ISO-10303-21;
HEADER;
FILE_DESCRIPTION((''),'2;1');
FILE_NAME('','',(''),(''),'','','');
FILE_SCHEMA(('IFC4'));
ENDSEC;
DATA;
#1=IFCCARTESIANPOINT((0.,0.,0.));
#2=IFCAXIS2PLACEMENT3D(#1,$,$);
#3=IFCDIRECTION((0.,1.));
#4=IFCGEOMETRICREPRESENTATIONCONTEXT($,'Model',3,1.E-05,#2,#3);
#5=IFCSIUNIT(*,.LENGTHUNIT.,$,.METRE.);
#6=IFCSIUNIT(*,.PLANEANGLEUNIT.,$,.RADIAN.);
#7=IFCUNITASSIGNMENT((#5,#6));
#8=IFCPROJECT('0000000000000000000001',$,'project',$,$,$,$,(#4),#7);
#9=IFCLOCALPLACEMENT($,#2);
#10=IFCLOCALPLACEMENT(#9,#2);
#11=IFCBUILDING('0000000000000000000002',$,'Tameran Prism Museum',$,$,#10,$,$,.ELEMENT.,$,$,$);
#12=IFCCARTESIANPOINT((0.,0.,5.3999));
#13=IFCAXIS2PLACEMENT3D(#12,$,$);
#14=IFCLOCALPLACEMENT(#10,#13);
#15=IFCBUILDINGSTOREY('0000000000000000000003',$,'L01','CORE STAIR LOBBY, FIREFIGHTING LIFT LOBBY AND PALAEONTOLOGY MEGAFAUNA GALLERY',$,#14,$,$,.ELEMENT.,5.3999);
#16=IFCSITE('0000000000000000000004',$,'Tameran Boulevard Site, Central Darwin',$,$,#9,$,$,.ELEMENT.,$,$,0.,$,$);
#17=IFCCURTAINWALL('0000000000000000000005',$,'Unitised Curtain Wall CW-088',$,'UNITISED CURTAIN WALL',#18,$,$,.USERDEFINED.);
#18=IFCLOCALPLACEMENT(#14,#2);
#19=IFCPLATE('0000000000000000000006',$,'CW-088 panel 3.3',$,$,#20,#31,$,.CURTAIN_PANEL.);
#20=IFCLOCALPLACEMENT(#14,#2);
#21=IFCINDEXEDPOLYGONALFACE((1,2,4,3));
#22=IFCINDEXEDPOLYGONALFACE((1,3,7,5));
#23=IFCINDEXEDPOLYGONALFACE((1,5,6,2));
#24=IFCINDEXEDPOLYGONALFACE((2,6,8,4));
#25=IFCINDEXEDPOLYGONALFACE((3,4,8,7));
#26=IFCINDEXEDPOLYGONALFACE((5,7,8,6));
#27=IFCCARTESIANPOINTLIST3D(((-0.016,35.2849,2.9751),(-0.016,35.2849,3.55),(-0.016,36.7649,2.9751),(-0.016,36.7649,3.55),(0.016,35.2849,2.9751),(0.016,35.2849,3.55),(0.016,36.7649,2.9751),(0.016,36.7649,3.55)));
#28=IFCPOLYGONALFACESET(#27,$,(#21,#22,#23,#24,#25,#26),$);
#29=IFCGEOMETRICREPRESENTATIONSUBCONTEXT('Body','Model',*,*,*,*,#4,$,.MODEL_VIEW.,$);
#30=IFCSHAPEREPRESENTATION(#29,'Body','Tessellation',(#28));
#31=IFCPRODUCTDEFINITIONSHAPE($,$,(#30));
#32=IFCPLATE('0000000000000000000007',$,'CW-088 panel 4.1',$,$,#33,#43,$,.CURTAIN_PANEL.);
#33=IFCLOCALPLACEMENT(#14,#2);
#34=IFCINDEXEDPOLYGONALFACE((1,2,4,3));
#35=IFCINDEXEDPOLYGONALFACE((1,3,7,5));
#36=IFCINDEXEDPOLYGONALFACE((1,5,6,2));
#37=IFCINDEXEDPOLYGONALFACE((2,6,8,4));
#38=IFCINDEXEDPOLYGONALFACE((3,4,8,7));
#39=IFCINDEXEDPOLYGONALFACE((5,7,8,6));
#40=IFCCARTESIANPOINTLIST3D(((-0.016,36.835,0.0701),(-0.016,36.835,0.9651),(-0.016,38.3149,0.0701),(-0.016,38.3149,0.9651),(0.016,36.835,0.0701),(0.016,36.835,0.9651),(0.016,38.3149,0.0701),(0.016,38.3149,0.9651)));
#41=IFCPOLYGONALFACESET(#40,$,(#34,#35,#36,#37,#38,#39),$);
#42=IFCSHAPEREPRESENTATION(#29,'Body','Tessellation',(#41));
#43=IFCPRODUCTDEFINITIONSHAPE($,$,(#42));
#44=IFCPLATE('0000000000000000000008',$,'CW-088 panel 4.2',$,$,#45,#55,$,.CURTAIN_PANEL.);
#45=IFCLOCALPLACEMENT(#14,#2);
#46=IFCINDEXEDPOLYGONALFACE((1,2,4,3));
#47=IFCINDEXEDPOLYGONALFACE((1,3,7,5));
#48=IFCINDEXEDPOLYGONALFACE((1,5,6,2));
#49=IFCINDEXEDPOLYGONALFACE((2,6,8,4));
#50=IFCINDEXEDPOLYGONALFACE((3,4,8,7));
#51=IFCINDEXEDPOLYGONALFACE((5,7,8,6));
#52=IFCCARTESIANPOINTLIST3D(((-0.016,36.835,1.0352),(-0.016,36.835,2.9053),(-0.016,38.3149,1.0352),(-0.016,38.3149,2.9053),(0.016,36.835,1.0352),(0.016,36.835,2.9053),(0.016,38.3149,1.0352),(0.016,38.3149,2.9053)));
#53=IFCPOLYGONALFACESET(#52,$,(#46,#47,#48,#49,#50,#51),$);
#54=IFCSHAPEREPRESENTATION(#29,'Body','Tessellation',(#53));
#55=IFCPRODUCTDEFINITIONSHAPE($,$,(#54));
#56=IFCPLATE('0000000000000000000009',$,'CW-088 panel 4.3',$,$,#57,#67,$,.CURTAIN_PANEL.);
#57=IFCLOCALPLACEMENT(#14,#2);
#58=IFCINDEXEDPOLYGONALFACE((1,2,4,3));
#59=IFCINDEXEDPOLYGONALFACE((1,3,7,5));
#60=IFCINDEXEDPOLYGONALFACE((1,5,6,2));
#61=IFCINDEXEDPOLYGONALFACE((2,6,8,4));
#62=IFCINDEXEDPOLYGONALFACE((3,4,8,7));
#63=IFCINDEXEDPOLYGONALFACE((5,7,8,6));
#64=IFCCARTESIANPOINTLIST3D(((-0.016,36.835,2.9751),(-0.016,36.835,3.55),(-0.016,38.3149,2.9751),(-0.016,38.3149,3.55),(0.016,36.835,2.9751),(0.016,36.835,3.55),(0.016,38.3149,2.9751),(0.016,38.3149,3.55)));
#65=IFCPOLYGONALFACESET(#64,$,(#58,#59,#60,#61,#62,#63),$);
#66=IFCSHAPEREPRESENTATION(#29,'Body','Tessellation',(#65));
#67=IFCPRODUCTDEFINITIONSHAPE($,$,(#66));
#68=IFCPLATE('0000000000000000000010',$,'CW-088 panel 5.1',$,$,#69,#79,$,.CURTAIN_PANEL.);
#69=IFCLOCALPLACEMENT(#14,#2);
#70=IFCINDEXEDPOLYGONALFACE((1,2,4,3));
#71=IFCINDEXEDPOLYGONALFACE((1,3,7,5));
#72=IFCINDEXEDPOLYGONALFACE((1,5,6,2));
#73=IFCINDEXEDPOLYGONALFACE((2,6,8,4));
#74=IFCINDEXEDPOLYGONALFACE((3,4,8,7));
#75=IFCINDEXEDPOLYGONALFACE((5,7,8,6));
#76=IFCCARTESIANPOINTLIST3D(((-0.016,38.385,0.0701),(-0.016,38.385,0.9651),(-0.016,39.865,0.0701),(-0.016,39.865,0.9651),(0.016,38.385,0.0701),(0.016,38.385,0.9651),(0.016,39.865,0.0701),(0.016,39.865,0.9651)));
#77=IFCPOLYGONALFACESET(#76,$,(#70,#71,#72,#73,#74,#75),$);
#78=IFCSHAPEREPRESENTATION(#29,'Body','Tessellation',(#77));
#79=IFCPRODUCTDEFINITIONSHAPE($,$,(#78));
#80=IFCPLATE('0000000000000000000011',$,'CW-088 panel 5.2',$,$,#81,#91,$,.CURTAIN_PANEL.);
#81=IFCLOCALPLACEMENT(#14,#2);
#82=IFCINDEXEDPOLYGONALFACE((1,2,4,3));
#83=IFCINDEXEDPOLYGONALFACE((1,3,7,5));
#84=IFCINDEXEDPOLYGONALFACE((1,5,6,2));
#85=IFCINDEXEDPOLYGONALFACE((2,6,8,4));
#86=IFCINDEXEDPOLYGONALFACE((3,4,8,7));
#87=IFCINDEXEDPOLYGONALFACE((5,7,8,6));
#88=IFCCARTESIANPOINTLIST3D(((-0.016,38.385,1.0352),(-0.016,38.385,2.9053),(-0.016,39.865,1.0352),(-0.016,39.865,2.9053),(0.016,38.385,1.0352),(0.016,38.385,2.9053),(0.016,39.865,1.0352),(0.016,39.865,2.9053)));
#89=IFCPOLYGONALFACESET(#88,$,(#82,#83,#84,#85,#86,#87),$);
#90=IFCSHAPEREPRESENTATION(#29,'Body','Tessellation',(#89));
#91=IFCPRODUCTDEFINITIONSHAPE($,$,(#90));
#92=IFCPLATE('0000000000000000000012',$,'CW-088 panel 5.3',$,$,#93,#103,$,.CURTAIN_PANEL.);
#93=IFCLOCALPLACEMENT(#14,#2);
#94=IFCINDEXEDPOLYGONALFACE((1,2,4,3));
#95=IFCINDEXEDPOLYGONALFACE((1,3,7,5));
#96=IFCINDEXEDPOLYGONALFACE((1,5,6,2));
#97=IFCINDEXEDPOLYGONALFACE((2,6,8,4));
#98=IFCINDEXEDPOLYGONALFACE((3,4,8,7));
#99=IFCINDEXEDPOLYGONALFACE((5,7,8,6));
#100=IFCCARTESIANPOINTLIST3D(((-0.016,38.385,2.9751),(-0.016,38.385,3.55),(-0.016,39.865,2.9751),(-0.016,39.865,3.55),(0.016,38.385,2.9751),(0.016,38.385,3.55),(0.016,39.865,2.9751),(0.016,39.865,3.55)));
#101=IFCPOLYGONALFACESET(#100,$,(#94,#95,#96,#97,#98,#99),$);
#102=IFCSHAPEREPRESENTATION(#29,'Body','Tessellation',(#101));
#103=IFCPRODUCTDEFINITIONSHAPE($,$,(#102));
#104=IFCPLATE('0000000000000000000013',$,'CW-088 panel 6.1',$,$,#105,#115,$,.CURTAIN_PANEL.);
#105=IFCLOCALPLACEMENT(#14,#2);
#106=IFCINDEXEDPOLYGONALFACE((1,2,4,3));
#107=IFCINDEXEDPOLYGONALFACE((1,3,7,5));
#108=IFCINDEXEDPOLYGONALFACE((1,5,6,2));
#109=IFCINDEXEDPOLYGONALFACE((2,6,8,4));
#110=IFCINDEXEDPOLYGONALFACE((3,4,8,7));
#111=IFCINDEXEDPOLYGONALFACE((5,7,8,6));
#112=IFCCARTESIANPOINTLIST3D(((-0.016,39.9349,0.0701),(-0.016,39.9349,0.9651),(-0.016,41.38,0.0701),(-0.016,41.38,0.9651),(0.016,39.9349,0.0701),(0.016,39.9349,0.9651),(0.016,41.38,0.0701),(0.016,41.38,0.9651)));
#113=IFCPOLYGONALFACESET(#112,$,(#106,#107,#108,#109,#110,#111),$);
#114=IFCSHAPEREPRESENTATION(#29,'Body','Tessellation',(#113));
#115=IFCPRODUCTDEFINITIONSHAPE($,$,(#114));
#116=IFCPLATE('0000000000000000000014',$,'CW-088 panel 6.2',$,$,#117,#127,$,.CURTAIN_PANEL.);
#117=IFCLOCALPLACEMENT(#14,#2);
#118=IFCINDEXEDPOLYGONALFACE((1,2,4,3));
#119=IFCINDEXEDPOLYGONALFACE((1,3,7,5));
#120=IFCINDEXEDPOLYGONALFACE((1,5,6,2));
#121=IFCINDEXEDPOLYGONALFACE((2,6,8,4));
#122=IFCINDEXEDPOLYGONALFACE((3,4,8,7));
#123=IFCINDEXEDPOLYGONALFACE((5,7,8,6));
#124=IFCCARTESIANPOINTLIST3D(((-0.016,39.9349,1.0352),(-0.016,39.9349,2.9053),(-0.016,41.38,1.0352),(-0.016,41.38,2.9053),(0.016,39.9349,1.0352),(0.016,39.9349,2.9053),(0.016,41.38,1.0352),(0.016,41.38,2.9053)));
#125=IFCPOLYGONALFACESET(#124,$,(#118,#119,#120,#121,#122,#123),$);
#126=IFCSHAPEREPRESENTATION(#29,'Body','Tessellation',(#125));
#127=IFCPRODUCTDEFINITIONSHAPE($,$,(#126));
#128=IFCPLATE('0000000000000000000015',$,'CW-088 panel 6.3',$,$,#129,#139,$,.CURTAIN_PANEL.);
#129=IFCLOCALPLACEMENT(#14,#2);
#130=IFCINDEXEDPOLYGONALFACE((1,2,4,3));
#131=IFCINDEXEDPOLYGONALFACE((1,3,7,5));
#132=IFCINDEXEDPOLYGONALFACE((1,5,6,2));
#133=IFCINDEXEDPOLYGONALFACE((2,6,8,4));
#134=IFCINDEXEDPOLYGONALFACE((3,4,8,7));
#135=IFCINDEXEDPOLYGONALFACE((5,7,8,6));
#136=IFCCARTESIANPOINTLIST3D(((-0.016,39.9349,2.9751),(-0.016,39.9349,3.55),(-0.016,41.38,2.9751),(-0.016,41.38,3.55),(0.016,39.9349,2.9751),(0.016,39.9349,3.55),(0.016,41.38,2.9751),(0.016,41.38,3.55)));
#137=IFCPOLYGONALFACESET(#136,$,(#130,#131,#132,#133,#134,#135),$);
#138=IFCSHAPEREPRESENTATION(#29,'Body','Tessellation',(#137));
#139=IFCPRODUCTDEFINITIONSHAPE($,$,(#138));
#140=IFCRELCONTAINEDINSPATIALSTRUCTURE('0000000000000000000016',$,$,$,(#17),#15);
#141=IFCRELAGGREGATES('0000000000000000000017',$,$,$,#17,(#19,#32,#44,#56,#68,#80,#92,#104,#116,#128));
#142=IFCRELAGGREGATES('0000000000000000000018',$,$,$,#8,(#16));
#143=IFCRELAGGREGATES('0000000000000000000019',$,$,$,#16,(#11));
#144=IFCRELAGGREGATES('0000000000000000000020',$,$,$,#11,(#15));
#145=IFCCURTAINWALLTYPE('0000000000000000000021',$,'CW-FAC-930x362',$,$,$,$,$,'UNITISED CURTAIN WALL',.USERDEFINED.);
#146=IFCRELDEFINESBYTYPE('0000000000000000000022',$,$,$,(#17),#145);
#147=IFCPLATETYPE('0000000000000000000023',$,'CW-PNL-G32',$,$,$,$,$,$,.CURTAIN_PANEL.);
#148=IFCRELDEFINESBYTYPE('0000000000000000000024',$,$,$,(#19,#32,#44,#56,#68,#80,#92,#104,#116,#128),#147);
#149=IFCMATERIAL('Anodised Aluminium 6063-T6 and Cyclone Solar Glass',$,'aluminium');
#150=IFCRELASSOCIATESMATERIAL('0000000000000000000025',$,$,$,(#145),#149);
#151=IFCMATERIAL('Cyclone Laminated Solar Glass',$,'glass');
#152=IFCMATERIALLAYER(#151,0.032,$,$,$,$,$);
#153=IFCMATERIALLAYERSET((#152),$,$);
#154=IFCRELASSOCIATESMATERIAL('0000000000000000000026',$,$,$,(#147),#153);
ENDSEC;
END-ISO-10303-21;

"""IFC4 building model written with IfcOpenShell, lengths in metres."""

from ifc_helpers import new_model, si_unit, direction, frame, origin, origin_2d, place, context, subcontext, project, spatial, rectangle, extrude, material, layer, layer_set, type_object, element, aggregate, save


model = new_model("IFC4")

# Units and contexts
model_context = context("Model", 3, precision=1e-05, world=origin(), true_north=direction((0.0, 1.0)))
body_context = subcontext(model_context, "Body", "Model", "MODEL_VIEW")
ifc_project = project(units=[si_unit("LENGTHUNIT", "METRE"), si_unit("PLANEANGLEUNIT", "RADIAN")], contexts=[model_context])

# Site, building, storey
site_placement = place(None, origin())
site = spatial("IfcSite", under=ifc_project, at=site_placement, Name="Tameran Boulevard Site, Central Darwin", CompositionType="ELEMENT", RefElevation=0.0)
building_placement = place(site_placement, origin())
building = spatial("IfcBuilding", under=site, at=building_placement, Name="Tameran Prism Museum", CompositionType="ELEMENT")
storey_placement = place(building_placement, frame((0.0, 0.0, 5.3999)))
storey = spatial("IfcBuildingStorey", under=building, at=storey_placement, Name="L01", Description="CORE STAIR LOBBY, FIREFIGHTING LIFT LOBBY AND PALAEONTOLOGY MEGAFAUNA GALLERY", CompositionType="ELEMENT", Elevation=5.3999)

# Curtain wall, plates
ifc_material_1 = material(Name="Anodised Aluminium 6063-T6 and Cyclone Solar Glass", Category="aluminium")
curtain_wall_type = type_object("IfcCurtainWallType", Name="CW-FAC-930x362", ElementType="UNITISED CURTAIN WALL", PredefinedType="USERDEFINED", material=ifc_material_1)
curtain_wall_placement = place(storey_placement, origin())
curtain_wall = element("IfcCurtainWall", 1, at=curtain_wall_placement, inside=storey, type_object=curtain_wall_type, Name="Unitised Curtain Wall CW-088", ObjectType="UNITISED CURTAIN WALL", PredefinedType="USERDEFINED")
ifc_material_2 = material(Name="Cyclone Laminated Solar Glass", Category="glass")
ifc_layer = layer(ifc_material_2, 0.032)
ifc_layer_set = layer_set([ifc_layer])
plate_type = type_object("IfcPlateType", Name="CW-PNL-G32", PredefinedType="CURTAIN_PANEL", material=ifc_layer_set)
plate_1_placement = place(storey_placement, frame((0.0, 36.0249, 2.9751), z_axis=(0.0, 0.0, 1.0), x_axis=(0.0, 1.0, 0.0)))
plate_1 = element("IfcPlate", 2, at=plate_1_placement, type_object=plate_type, Name="CW-088 panel 3.3", PredefinedType="CURTAIN_PANEL", context=body_context, shape_type="SweptSolid", body=[
    extrude(rectangle(XDim=1.48, YDim=0.032, at=origin_2d()), origin(), (0.0, 0.0, 1.0), 0.575),
])
plate_2_placement = place(storey_placement, frame((0.0, 37.575, 0.0701), z_axis=(0.0, 0.0, 1.0), x_axis=(0.0, 1.0, 0.0)))
plate_2 = element("IfcPlate", 3, at=plate_2_placement, type_object=plate_type, Name="CW-088 panel 4.1", PredefinedType="CURTAIN_PANEL", context=body_context, shape_type="SweptSolid", body=[
    extrude(rectangle(XDim=1.48, YDim=0.032, at=origin_2d()), origin(), (0.0, 0.0, 1.0), 0.895),
])
plate_3_placement = place(storey_placement, frame((0.0, 37.575, 1.0352), z_axis=(0.0, 0.0, 1.0), x_axis=(0.0, 1.0, 0.0)))
plate_3 = element("IfcPlate", 4, at=plate_3_placement, type_object=plate_type, Name="CW-088 panel 4.2", PredefinedType="CURTAIN_PANEL", context=body_context, shape_type="SweptSolid", body=[
    extrude(rectangle(XDim=1.48, YDim=0.032, at=origin_2d()), origin(), (0.0, 0.0, 1.0), 1.8701),
])
plate_4_placement = place(storey_placement, frame((0.0, 37.575, 2.9751), z_axis=(0.0, 0.0, 1.0), x_axis=(0.0, 1.0, 0.0)))
plate_4 = element("IfcPlate", 5, at=plate_4_placement, type_object=plate_type, Name="CW-088 panel 4.3", PredefinedType="CURTAIN_PANEL", context=body_context, shape_type="SweptSolid", body=[
    extrude(rectangle(XDim=1.48, YDim=0.032, at=origin_2d()), origin(), (0.0, 0.0, 1.0), 0.575),
])
plate_5_placement = place(storey_placement, frame((0.0, 39.125, 0.0701), z_axis=(0.0, 0.0, 1.0), x_axis=(0.0, 1.0, 0.0)))
plate_5 = element("IfcPlate", 6, at=plate_5_placement, type_object=plate_type, Name="CW-088 panel 5.1", PredefinedType="CURTAIN_PANEL", context=body_context, shape_type="SweptSolid", body=[
    extrude(rectangle(XDim=1.48, YDim=0.032, at=origin_2d()), origin(), (0.0, 0.0, 1.0), 0.895),
])
plate_6_placement = place(storey_placement, frame((0.0, 39.125, 1.0352), z_axis=(0.0, 0.0, 1.0), x_axis=(0.0, 1.0, 0.0)))
plate_6 = element("IfcPlate", 7, at=plate_6_placement, type_object=plate_type, Name="CW-088 panel 5.2", PredefinedType="CURTAIN_PANEL", context=body_context, shape_type="SweptSolid", body=[
    extrude(rectangle(XDim=1.48, YDim=0.032, at=origin_2d()), origin(), (0.0, 0.0, 1.0), 1.8701),
])
plate_7_placement = place(storey_placement, frame((0.0, 39.125, 2.9751), z_axis=(0.0, 0.0, 1.0), x_axis=(0.0, 1.0, 0.0)))
plate_7 = element("IfcPlate", 8, at=plate_7_placement, type_object=plate_type, Name="CW-088 panel 5.3", PredefinedType="CURTAIN_PANEL", context=body_context, shape_type="SweptSolid", body=[
    extrude(rectangle(XDim=1.48, YDim=0.032, at=origin_2d()), origin(), (0.0, 0.0, 1.0), 0.575),
])
plate_8_placement = place(storey_placement, frame((0.0, 40.6575, 0.0701), z_axis=(0.0, 0.0, 1.0), x_axis=(0.0, 1.0, 0.0)))
plate_8 = element("IfcPlate", 9, at=plate_8_placement, type_object=plate_type, Name="CW-088 panel 6.1", PredefinedType="CURTAIN_PANEL", context=body_context, shape_type="SweptSolid", body=[
    extrude(rectangle(XDim=1.4451, YDim=0.032, at=origin_2d()), origin(), (0.0, 0.0, 1.0), 0.895),
])
plate_9_placement = place(storey_placement, frame((0.0, 40.6575, 1.0352), z_axis=(0.0, 0.0, 1.0), x_axis=(0.0, 1.0, 0.0)))
plate_9 = element("IfcPlate", 10, at=plate_9_placement, type_object=plate_type, Name="CW-088 panel 6.2", PredefinedType="CURTAIN_PANEL", context=body_context, shape_type="SweptSolid", body=[
    extrude(rectangle(XDim=1.4451, YDim=0.032, at=origin_2d()), origin(), (0.0, 0.0, 1.0), 1.8701),
])
plate_10_placement = place(storey_placement, frame((0.0, 40.6575, 2.9751), z_axis=(0.0, 0.0, 1.0), x_axis=(0.0, 1.0, 0.0)))
plate_10 = element("IfcPlate", 11, at=plate_10_placement, type_object=plate_type, Name="CW-088 panel 6.3", PredefinedType="CURTAIN_PANEL", context=body_context, shape_type="SweptSolid", body=[
    extrude(rectangle(XDim=1.4451, YDim=0.032, at=origin_2d()), origin(), (0.0, 0.0, 1.0), 0.575),
])
aggregate(curtain_wall, [plate_1, plate_2, plate_3, plate_4, plate_5, plate_6, plate_7, plate_8, plate_9, plate_10])

save(model, "model.ifc")
